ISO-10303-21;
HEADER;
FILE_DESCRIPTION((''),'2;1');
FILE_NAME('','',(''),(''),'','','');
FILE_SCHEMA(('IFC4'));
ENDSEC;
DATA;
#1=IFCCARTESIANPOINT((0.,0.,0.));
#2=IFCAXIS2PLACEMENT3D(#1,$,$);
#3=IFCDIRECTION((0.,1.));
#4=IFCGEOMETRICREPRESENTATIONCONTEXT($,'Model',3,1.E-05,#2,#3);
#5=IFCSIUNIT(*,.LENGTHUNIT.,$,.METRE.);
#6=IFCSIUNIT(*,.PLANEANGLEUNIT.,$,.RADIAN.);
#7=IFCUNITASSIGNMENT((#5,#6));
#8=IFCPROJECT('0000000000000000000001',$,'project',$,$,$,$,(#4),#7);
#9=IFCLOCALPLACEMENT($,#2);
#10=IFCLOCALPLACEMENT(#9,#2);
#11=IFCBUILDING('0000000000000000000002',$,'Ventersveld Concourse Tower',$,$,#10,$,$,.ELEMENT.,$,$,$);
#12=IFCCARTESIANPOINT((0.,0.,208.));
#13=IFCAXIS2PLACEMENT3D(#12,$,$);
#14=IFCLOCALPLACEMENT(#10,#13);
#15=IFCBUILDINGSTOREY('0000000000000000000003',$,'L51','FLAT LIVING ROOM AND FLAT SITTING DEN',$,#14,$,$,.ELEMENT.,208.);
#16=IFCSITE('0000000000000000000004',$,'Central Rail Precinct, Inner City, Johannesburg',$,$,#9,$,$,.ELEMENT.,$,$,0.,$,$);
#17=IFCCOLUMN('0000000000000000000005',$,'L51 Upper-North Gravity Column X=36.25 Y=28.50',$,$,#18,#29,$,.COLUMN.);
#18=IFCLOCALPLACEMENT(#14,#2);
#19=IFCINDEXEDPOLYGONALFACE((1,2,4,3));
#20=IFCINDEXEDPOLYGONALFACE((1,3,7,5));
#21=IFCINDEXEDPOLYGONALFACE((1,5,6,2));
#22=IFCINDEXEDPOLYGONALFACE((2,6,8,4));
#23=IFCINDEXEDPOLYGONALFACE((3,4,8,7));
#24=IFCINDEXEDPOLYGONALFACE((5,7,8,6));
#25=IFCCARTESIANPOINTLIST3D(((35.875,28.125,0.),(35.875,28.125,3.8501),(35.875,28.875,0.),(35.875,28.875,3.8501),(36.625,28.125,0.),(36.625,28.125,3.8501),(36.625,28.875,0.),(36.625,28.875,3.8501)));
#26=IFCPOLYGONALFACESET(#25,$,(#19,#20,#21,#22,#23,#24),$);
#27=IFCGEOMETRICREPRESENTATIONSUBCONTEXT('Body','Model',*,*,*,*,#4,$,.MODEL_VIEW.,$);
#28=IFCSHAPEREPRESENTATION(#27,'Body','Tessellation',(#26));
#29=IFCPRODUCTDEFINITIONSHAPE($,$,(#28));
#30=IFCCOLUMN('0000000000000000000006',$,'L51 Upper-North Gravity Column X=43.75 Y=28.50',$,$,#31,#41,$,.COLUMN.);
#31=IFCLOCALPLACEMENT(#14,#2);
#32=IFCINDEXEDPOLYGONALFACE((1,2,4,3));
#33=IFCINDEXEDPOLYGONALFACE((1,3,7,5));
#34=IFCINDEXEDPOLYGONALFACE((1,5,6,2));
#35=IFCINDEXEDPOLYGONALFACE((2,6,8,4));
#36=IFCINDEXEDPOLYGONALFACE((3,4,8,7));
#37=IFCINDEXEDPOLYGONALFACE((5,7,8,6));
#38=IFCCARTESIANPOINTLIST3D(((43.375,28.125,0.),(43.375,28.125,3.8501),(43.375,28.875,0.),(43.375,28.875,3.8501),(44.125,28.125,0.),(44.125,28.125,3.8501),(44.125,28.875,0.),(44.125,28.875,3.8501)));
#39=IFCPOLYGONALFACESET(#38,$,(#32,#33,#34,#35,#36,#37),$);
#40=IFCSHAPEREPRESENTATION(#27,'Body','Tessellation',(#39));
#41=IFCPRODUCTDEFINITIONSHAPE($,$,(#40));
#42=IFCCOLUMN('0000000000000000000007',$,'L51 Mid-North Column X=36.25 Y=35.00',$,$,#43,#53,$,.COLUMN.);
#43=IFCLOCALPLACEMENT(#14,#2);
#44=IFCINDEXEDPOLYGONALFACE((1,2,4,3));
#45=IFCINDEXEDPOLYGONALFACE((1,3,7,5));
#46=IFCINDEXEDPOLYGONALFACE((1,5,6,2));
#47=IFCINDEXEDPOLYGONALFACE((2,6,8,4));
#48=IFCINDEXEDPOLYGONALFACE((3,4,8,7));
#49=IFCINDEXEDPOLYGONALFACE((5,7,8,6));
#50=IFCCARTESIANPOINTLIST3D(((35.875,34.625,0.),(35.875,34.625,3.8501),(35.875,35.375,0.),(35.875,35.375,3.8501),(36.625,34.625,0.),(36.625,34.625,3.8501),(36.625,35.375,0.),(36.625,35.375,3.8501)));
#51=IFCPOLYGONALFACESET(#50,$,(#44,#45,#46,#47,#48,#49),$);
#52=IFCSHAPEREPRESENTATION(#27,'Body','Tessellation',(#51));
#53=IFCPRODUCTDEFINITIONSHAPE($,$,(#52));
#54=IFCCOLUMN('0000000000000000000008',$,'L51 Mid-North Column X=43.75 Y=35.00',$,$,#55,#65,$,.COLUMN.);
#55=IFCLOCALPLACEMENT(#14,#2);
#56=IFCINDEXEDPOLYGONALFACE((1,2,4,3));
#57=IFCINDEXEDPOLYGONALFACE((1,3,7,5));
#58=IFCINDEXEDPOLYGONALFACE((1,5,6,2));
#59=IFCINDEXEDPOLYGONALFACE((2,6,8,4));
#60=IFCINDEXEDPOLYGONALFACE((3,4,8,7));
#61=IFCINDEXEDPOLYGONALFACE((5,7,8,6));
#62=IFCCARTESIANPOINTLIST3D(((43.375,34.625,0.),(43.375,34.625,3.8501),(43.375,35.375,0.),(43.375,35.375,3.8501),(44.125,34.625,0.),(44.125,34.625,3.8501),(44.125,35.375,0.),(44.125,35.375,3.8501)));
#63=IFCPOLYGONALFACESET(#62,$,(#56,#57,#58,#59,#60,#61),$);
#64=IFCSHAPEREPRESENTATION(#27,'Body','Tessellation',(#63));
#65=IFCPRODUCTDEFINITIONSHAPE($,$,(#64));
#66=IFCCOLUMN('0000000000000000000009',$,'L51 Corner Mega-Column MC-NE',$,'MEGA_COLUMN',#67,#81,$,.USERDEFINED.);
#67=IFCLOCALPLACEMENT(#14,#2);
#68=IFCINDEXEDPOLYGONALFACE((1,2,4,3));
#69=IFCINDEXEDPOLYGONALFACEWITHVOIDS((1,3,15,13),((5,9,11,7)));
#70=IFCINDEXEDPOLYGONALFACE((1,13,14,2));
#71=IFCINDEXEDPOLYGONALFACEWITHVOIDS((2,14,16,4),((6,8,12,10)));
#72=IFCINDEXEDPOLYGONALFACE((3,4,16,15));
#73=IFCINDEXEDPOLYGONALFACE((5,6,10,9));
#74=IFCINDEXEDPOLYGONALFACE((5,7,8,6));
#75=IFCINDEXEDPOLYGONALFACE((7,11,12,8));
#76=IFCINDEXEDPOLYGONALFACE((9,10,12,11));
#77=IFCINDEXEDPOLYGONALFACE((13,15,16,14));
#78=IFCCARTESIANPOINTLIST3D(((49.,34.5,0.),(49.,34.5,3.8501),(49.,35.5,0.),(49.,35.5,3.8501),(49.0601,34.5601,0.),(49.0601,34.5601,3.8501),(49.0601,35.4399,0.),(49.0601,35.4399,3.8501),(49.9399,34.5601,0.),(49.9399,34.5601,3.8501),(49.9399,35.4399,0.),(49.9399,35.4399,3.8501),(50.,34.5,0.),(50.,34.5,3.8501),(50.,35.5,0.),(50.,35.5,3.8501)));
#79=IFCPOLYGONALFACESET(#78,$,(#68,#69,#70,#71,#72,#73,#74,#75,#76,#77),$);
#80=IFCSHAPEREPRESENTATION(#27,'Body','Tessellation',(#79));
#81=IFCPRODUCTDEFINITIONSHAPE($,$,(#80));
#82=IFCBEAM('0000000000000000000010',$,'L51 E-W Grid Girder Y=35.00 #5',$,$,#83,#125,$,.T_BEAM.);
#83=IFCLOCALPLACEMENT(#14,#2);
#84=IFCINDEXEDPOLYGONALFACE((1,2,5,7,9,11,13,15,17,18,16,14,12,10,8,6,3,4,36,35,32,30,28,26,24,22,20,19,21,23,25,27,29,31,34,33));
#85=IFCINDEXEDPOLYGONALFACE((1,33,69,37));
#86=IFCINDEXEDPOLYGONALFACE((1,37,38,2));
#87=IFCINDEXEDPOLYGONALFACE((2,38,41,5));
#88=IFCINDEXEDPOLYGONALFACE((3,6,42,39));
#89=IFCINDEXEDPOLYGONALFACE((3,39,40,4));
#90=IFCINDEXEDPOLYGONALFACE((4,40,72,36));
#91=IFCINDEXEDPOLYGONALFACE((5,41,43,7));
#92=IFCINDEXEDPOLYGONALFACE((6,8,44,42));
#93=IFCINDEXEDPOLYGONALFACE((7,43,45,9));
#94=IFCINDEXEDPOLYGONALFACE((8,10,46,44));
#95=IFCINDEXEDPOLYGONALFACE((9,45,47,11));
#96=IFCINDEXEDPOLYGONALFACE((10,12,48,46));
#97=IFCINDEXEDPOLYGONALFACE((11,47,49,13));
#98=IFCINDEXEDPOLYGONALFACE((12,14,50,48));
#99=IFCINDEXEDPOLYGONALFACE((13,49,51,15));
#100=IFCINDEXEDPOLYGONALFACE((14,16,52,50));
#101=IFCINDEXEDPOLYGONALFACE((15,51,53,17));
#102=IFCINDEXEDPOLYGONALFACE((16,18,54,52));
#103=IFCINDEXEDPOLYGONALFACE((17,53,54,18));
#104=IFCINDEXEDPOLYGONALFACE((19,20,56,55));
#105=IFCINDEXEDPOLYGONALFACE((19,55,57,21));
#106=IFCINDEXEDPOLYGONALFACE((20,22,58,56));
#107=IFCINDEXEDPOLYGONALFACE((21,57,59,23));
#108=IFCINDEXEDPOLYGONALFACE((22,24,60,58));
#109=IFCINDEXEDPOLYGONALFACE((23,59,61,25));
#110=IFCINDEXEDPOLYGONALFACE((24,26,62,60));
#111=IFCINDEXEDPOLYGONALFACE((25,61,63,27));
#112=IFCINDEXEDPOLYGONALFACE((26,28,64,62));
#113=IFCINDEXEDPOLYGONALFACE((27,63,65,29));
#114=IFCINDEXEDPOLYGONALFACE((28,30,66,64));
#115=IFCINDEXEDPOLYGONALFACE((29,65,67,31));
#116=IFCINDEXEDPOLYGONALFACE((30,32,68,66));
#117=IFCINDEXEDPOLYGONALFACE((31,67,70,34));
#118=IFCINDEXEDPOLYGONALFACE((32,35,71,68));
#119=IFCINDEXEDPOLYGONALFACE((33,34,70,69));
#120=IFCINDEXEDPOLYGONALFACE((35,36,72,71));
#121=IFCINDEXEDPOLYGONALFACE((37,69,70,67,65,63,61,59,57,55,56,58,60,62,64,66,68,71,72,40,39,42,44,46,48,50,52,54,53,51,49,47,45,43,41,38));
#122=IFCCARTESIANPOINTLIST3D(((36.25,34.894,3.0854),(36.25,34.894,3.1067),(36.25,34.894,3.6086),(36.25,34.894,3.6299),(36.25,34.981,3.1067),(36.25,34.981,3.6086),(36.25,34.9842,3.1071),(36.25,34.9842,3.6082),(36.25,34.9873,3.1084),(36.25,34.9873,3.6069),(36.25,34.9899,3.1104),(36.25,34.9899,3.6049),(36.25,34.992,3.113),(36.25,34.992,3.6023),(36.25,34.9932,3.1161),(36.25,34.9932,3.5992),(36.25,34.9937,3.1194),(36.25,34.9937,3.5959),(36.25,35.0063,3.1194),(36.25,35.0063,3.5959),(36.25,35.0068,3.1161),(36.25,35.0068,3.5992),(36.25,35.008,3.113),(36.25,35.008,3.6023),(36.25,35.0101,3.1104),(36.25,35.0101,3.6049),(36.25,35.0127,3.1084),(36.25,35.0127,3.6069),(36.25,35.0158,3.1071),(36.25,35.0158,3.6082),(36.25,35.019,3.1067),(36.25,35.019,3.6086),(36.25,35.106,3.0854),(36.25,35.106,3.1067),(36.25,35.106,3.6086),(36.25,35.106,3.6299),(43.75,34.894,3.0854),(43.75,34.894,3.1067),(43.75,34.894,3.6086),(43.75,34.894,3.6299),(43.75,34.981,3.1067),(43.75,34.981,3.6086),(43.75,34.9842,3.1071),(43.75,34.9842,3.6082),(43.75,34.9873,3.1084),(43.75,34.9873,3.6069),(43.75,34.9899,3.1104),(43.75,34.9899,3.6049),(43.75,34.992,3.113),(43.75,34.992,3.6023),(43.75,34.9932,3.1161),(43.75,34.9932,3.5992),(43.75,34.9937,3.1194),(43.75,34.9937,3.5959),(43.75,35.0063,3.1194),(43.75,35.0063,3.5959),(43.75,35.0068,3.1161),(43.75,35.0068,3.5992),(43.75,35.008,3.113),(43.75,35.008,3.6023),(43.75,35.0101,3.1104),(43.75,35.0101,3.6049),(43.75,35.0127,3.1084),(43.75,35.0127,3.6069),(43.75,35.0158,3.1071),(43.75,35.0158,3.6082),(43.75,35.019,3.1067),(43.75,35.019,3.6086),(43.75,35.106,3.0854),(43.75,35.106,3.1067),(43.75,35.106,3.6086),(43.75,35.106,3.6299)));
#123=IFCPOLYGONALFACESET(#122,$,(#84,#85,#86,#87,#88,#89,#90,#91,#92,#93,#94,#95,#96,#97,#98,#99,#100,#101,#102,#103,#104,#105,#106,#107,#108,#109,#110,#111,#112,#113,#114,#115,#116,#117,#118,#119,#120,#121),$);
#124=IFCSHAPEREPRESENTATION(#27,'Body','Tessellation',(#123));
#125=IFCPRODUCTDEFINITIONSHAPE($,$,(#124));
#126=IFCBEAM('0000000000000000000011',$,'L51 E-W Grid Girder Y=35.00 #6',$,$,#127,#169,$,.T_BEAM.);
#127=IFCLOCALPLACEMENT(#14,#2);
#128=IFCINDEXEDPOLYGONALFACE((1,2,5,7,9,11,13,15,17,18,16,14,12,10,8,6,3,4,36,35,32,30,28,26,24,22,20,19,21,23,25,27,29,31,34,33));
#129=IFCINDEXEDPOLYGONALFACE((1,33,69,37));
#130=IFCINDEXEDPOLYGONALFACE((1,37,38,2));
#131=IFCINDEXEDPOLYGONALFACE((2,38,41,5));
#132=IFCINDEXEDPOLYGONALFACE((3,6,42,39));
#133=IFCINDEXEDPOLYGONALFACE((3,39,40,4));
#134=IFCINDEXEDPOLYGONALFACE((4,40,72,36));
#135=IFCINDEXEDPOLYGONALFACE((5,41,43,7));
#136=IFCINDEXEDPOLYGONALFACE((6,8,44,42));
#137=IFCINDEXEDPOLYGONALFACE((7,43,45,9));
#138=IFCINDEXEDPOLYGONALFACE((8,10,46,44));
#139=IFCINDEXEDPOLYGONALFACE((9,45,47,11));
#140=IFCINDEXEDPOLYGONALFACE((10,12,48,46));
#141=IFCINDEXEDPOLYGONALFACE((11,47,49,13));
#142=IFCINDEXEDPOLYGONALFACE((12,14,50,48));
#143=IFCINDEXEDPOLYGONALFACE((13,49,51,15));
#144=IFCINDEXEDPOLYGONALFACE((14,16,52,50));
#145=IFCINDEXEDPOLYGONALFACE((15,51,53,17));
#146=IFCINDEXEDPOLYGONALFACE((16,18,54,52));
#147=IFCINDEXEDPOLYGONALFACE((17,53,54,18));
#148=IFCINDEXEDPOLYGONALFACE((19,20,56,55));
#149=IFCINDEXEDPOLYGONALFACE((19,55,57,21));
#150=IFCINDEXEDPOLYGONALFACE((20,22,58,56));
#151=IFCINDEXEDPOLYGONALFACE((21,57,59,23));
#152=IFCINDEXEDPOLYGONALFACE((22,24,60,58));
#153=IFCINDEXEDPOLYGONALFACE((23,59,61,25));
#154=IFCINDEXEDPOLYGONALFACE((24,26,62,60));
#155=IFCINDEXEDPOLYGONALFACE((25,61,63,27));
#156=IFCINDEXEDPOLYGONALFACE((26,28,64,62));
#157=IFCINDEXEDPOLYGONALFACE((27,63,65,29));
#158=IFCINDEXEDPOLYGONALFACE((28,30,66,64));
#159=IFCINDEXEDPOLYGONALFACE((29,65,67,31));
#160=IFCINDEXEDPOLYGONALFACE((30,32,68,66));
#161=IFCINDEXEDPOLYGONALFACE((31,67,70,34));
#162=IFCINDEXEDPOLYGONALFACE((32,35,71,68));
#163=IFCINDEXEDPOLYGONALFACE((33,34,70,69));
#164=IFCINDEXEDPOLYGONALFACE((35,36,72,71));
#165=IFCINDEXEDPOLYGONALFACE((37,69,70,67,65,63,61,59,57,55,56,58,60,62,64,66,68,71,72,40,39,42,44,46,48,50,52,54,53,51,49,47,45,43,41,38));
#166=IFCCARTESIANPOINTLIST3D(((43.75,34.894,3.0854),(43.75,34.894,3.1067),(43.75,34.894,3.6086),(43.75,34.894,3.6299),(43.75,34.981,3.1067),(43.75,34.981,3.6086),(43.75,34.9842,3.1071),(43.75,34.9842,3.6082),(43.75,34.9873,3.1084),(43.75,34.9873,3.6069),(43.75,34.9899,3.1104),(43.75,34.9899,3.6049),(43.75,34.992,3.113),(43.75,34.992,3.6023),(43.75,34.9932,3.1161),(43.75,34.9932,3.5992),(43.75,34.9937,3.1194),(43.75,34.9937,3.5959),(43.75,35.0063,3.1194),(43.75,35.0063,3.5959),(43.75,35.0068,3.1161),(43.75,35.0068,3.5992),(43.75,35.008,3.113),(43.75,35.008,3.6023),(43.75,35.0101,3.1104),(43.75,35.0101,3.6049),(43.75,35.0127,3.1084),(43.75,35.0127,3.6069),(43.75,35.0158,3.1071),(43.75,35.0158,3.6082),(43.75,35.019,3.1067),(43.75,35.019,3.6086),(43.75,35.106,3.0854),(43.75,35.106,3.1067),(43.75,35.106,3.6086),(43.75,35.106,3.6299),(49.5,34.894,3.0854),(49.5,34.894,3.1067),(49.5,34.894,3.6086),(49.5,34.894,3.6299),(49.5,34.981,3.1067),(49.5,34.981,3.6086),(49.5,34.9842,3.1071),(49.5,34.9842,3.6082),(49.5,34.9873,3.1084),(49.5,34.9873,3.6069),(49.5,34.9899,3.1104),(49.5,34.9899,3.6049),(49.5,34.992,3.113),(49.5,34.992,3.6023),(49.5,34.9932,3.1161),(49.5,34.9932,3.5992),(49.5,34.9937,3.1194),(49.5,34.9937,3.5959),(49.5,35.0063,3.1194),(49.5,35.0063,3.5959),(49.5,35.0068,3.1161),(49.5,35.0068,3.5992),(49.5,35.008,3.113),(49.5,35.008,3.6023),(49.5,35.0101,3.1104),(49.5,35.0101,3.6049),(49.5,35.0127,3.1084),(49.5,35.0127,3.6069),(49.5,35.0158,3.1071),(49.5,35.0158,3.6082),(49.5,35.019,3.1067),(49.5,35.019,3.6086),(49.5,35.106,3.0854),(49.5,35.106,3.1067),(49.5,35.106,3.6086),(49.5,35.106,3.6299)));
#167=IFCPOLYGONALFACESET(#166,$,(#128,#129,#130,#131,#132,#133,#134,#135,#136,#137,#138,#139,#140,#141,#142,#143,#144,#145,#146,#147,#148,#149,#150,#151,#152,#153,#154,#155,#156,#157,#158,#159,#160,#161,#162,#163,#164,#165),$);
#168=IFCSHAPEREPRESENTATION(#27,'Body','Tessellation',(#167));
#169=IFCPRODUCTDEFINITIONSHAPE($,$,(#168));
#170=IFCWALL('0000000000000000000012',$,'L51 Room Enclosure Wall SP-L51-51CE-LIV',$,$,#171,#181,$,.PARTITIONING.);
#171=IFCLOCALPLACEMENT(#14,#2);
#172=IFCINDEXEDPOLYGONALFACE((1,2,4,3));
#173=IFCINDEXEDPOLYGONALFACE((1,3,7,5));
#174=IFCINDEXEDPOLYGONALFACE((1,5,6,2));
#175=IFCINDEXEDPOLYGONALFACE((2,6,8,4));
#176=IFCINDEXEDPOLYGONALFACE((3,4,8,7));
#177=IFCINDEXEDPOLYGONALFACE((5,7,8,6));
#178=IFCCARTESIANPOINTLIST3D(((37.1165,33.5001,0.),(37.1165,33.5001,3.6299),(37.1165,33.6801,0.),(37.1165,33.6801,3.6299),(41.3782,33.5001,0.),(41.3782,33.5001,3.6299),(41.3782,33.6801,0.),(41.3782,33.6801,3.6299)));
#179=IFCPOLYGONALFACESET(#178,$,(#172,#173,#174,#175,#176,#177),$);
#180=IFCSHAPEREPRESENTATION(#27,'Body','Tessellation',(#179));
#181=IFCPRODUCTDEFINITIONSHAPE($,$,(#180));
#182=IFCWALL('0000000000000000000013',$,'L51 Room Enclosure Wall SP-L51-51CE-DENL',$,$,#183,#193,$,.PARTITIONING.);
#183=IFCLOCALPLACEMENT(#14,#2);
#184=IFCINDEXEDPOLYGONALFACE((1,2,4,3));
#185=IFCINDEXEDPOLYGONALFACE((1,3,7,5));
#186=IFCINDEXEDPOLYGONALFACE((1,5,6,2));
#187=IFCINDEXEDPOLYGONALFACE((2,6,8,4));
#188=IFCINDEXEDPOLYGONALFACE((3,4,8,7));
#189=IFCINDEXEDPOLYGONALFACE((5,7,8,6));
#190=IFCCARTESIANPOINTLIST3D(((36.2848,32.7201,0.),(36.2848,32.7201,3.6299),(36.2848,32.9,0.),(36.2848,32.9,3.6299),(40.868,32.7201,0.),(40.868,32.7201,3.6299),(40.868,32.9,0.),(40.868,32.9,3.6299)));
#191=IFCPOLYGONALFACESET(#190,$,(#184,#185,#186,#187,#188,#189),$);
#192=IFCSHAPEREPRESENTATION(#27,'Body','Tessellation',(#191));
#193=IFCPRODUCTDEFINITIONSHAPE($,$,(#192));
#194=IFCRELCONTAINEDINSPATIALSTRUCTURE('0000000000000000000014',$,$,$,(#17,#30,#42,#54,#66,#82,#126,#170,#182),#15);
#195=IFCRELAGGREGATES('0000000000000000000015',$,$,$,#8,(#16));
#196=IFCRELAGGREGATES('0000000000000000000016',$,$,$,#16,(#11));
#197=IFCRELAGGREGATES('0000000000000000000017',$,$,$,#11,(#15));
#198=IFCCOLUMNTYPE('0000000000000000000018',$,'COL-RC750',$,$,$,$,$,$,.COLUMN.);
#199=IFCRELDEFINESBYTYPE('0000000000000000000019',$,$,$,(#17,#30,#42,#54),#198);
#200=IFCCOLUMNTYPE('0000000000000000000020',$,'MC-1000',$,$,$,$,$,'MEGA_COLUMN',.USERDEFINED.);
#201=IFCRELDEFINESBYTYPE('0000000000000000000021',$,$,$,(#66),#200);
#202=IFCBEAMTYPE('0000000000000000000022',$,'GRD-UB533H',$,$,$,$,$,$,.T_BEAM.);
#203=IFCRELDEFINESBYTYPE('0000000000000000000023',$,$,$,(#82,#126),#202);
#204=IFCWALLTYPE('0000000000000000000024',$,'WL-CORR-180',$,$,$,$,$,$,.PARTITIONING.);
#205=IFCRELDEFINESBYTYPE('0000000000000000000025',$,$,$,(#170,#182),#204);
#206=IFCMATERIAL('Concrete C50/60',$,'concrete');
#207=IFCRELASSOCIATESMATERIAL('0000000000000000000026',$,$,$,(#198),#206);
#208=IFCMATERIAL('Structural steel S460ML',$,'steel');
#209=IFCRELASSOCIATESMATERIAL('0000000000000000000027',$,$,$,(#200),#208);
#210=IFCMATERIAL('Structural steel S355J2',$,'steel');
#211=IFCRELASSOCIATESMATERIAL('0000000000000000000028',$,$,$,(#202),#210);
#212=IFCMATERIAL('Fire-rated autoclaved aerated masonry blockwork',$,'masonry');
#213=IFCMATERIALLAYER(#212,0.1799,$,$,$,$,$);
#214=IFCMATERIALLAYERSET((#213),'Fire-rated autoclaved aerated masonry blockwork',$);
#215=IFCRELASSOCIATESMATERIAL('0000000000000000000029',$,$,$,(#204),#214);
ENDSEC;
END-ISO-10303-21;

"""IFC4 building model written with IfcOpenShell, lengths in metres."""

from ifc_helpers import new_model, si_unit, direction, frame, frame_2d, origin, origin_2d, place, context, subcontext, project, spatial, rectangle, hollow_rectangle, i_section, extrude, material, layer, layer_set, material_profile, profile_set, type_object, element, save


model = new_model("IFC4")

# Units and contexts
model_context = context("Model", 3, precision=1e-05, world=origin(), true_north=direction((0.0, 1.0)))
body_context = subcontext(model_context, "Body", "Model", "MODEL_VIEW")
ifc_project = project(units=[si_unit("LENGTHUNIT", "METRE"), si_unit("PLANEANGLEUNIT", "RADIAN")], contexts=[model_context])

# Site, building, storey
site_placement = place(None, origin())
site = spatial("IfcSite", under=ifc_project, at=site_placement, Name="Central Rail Precinct, Inner City, Johannesburg", CompositionType="ELEMENT", RefElevation=0.0)
building_placement = place(site_placement, origin())
building = spatial("IfcBuilding", under=site, at=building_placement, Name="Ventersveld Concourse Tower", CompositionType="ELEMENT")
storey_placement = place(building_placement, frame((0.0, 0.0, 208.0)))
storey = spatial("IfcBuildingStorey", under=building, at=storey_placement, Name="L51", Description="FLAT LIVING ROOM AND FLAT SITTING DEN", CompositionType="ELEMENT", Elevation=208.0)

# Columns
ifc_material_1 = material(Name="Concrete C50/60", Category="concrete")
ifc_material_profile_1 = material_profile(ifc_material_1, rectangle(XDim=0.75, YDim=0.75, at=origin_2d()), Name="RC 750x750")
ifc_profile_set_1 = profile_set([ifc_material_profile_1], Name="Concrete C50/60")
column_type_1 = type_object("IfcColumnType", Name="COL-RC750", PredefinedType="COLUMN", material=ifc_profile_set_1)
for number, where, z_axis, x_axis, name in (
    (1, (36.25, 28.5, 0.0), (0.0, 0.0, 1.0), (1.0, 0.0, 0.0), "L51 Upper-North Gravity Column X=36.25 Y=28.50"),
    (2, (43.75, 28.5, 0.0), (0.0, 0.0, 1.0), (1.0, 0.0, 0.0), "L51 Upper-North Gravity Column X=43.75 Y=28.50"),
    (3, (36.25, 35.0, 0.0), (0.0, 0.0, 1.0), (1.0, 0.0, 0.0), "L51 Mid-North Column X=36.25 Y=35.00"),
    (4, (43.75, 35.0, 0.0), (0.0, 0.0, 1.0), (1.0, 0.0, 0.0), "L51 Mid-North Column X=43.75 Y=35.00"),
):
    element("IfcColumn", number, at=place(storey_placement, frame(where, z_axis=z_axis, x_axis=x_axis)), inside=storey, type_object=column_type_1, Name=name, PredefinedType="COLUMN", context=body_context, shape_type="SweptSolid", body=[
        extrude(rectangle(XDim=0.75, YDim=0.75, at=origin_2d()), origin(), (0.0, 0.0, 1.0), 3.8501),
    ])
ifc_material_2 = material(Name="Structural steel S460ML", Category="steel")
ifc_material_profile_2 = material_profile(ifc_material_2, hollow_rectangle(XDim=1.0, YDim=1.0, WallThickness=0.0601, at=origin_2d()), Name="BOX 1000x1000x60")
ifc_profile_set_2 = profile_set([ifc_material_profile_2], Name="Structural steel S460ML")
column_type_2 = type_object("IfcColumnType", Name="MC-1000", ElementType="MEGA_COLUMN", PredefinedType="USERDEFINED", material=ifc_profile_set_2)
column_placement = place(storey_placement, frame((49.5, 35.0, 0.0), z_axis=(0.0, 0.0, 1.0), x_axis=(1.0, 0.0, 0.0)))
element("IfcColumn", 5, at=column_placement, inside=storey, type_object=column_type_2, Name="L51 Corner Mega-Column MC-NE", ObjectType="MEGA_COLUMN", PredefinedType="USERDEFINED", context=body_context, shape_type="SweptSolid", body=[
    extrude(hollow_rectangle(XDim=1.0, YDim=1.0, WallThickness=0.0601, at=origin_2d()), origin(), (0.0, 0.0, 1.0), 3.8501),
])

# Beams
ifc_material_3 = material(Name="Structural steel S355J2", Category="steel")
ifc_material_profile_3 = material_profile(ifc_material_3, i_section(OverallWidth=0.2119, OverallDepth=0.5444, WebThickness=0.0127, FlangeThickness=0.0212, FilletRadius=0.0127, at=origin_2d()), Name="UB 533x210x122")
ifc_profile_set_3 = profile_set([ifc_material_profile_3], Name="Structural steel S355J2")
beam_type = type_object("IfcBeamType", Name="GRD-UB533H", PredefinedType="T_BEAM", material=ifc_profile_set_3)
beam_1_placement = place(storey_placement, frame((36.25, 35.0, 3.3577), z_axis=(1.0, 0.0, 0.0), x_axis=(0.0, 1.0, 0.0)))
element("IfcBeam", 6, at=beam_1_placement, inside=storey, type_object=beam_type, Name="L51 E-W Grid Girder Y=35.00 #5", PredefinedType="T_BEAM", context=body_context, shape_type="SweptSolid", body=[
    extrude(i_section(OverallWidth=0.2119, OverallDepth=0.5444, WebThickness=0.0127, FlangeThickness=0.0212, FilletRadius=0.0127, at=origin_2d()), origin(), (0.0, 0.0, 1.0), 7.5),
])
beam_2_placement = place(storey_placement, frame((43.75, 35.0, 3.3577), z_axis=(1.0, 0.0, 0.0), x_axis=(0.0, 1.0, 0.0)))
element("IfcBeam", 7, at=beam_2_placement, inside=storey, type_object=beam_type, Name="L51 E-W Grid Girder Y=35.00 #6", PredefinedType="T_BEAM", context=body_context, shape_type="SweptSolid", body=[
    extrude(i_section(OverallWidth=0.2119, OverallDepth=0.5444, WebThickness=0.0127, FlangeThickness=0.0212, FilletRadius=0.0127, at=origin_2d()), origin(), (0.0, 0.0, 1.0), 5.75),
])

# Walls
ifc_material_4 = material(Name="Fire-rated autoclaved aerated masonry blockwork", Category="masonry")
ifc_layer_1 = layer(ifc_material_4, 0.1799)
ifc_layer_set_1 = layer_set([ifc_layer_1], Name="Fire-rated autoclaved aerated masonry blockwork")
wall_type_1 = type_object("IfcWallType", Name="WL-CORR-180", PredefinedType="PARTITIONING", material=ifc_layer_set_1)
wall_1_placement = place(storey_placement, frame((41.3782, 33.5901, 0.0), z_axis=(0.0, 0.0, 1.0), x_axis=(-1.0, 0.0, 0.0)))
element("IfcWall", 8, at=wall_1_placement, inside=storey, type_object=wall_type_1, Name="L51 Room Enclosure Wall SP-L51-51CE-LIV", PredefinedType="PARTITIONING", context=body_context, shape_type="SweptSolid", body=[
    extrude(rectangle(XDim=4.2617, YDim=0.1799, at=frame_2d((2.1309, 0.0))), origin(), (0.0, 0.0, 1.0), 3.6299),
])
wall_2_placement = place(storey_placement, frame((36.2849, 32.8101, 0.0), z_axis=(0.0, 0.0, 1.0), x_axis=(1.0, 0.0, 0.0)))
element("IfcWall", 9, at=wall_2_placement, inside=storey, type_object=wall_type_1, Name="L51 Room Enclosure Wall SP-L51-51CE-DENL", PredefinedType="PARTITIONING", context=body_context, shape_type="SweptSolid", body=[
    extrude(rectangle(XDim=4.5833, YDim=0.1799, at=frame_2d((2.2915, 0.0))), origin(), (0.0, 0.0, 1.0), 3.6299),
])

save(model, "model.ifc")
